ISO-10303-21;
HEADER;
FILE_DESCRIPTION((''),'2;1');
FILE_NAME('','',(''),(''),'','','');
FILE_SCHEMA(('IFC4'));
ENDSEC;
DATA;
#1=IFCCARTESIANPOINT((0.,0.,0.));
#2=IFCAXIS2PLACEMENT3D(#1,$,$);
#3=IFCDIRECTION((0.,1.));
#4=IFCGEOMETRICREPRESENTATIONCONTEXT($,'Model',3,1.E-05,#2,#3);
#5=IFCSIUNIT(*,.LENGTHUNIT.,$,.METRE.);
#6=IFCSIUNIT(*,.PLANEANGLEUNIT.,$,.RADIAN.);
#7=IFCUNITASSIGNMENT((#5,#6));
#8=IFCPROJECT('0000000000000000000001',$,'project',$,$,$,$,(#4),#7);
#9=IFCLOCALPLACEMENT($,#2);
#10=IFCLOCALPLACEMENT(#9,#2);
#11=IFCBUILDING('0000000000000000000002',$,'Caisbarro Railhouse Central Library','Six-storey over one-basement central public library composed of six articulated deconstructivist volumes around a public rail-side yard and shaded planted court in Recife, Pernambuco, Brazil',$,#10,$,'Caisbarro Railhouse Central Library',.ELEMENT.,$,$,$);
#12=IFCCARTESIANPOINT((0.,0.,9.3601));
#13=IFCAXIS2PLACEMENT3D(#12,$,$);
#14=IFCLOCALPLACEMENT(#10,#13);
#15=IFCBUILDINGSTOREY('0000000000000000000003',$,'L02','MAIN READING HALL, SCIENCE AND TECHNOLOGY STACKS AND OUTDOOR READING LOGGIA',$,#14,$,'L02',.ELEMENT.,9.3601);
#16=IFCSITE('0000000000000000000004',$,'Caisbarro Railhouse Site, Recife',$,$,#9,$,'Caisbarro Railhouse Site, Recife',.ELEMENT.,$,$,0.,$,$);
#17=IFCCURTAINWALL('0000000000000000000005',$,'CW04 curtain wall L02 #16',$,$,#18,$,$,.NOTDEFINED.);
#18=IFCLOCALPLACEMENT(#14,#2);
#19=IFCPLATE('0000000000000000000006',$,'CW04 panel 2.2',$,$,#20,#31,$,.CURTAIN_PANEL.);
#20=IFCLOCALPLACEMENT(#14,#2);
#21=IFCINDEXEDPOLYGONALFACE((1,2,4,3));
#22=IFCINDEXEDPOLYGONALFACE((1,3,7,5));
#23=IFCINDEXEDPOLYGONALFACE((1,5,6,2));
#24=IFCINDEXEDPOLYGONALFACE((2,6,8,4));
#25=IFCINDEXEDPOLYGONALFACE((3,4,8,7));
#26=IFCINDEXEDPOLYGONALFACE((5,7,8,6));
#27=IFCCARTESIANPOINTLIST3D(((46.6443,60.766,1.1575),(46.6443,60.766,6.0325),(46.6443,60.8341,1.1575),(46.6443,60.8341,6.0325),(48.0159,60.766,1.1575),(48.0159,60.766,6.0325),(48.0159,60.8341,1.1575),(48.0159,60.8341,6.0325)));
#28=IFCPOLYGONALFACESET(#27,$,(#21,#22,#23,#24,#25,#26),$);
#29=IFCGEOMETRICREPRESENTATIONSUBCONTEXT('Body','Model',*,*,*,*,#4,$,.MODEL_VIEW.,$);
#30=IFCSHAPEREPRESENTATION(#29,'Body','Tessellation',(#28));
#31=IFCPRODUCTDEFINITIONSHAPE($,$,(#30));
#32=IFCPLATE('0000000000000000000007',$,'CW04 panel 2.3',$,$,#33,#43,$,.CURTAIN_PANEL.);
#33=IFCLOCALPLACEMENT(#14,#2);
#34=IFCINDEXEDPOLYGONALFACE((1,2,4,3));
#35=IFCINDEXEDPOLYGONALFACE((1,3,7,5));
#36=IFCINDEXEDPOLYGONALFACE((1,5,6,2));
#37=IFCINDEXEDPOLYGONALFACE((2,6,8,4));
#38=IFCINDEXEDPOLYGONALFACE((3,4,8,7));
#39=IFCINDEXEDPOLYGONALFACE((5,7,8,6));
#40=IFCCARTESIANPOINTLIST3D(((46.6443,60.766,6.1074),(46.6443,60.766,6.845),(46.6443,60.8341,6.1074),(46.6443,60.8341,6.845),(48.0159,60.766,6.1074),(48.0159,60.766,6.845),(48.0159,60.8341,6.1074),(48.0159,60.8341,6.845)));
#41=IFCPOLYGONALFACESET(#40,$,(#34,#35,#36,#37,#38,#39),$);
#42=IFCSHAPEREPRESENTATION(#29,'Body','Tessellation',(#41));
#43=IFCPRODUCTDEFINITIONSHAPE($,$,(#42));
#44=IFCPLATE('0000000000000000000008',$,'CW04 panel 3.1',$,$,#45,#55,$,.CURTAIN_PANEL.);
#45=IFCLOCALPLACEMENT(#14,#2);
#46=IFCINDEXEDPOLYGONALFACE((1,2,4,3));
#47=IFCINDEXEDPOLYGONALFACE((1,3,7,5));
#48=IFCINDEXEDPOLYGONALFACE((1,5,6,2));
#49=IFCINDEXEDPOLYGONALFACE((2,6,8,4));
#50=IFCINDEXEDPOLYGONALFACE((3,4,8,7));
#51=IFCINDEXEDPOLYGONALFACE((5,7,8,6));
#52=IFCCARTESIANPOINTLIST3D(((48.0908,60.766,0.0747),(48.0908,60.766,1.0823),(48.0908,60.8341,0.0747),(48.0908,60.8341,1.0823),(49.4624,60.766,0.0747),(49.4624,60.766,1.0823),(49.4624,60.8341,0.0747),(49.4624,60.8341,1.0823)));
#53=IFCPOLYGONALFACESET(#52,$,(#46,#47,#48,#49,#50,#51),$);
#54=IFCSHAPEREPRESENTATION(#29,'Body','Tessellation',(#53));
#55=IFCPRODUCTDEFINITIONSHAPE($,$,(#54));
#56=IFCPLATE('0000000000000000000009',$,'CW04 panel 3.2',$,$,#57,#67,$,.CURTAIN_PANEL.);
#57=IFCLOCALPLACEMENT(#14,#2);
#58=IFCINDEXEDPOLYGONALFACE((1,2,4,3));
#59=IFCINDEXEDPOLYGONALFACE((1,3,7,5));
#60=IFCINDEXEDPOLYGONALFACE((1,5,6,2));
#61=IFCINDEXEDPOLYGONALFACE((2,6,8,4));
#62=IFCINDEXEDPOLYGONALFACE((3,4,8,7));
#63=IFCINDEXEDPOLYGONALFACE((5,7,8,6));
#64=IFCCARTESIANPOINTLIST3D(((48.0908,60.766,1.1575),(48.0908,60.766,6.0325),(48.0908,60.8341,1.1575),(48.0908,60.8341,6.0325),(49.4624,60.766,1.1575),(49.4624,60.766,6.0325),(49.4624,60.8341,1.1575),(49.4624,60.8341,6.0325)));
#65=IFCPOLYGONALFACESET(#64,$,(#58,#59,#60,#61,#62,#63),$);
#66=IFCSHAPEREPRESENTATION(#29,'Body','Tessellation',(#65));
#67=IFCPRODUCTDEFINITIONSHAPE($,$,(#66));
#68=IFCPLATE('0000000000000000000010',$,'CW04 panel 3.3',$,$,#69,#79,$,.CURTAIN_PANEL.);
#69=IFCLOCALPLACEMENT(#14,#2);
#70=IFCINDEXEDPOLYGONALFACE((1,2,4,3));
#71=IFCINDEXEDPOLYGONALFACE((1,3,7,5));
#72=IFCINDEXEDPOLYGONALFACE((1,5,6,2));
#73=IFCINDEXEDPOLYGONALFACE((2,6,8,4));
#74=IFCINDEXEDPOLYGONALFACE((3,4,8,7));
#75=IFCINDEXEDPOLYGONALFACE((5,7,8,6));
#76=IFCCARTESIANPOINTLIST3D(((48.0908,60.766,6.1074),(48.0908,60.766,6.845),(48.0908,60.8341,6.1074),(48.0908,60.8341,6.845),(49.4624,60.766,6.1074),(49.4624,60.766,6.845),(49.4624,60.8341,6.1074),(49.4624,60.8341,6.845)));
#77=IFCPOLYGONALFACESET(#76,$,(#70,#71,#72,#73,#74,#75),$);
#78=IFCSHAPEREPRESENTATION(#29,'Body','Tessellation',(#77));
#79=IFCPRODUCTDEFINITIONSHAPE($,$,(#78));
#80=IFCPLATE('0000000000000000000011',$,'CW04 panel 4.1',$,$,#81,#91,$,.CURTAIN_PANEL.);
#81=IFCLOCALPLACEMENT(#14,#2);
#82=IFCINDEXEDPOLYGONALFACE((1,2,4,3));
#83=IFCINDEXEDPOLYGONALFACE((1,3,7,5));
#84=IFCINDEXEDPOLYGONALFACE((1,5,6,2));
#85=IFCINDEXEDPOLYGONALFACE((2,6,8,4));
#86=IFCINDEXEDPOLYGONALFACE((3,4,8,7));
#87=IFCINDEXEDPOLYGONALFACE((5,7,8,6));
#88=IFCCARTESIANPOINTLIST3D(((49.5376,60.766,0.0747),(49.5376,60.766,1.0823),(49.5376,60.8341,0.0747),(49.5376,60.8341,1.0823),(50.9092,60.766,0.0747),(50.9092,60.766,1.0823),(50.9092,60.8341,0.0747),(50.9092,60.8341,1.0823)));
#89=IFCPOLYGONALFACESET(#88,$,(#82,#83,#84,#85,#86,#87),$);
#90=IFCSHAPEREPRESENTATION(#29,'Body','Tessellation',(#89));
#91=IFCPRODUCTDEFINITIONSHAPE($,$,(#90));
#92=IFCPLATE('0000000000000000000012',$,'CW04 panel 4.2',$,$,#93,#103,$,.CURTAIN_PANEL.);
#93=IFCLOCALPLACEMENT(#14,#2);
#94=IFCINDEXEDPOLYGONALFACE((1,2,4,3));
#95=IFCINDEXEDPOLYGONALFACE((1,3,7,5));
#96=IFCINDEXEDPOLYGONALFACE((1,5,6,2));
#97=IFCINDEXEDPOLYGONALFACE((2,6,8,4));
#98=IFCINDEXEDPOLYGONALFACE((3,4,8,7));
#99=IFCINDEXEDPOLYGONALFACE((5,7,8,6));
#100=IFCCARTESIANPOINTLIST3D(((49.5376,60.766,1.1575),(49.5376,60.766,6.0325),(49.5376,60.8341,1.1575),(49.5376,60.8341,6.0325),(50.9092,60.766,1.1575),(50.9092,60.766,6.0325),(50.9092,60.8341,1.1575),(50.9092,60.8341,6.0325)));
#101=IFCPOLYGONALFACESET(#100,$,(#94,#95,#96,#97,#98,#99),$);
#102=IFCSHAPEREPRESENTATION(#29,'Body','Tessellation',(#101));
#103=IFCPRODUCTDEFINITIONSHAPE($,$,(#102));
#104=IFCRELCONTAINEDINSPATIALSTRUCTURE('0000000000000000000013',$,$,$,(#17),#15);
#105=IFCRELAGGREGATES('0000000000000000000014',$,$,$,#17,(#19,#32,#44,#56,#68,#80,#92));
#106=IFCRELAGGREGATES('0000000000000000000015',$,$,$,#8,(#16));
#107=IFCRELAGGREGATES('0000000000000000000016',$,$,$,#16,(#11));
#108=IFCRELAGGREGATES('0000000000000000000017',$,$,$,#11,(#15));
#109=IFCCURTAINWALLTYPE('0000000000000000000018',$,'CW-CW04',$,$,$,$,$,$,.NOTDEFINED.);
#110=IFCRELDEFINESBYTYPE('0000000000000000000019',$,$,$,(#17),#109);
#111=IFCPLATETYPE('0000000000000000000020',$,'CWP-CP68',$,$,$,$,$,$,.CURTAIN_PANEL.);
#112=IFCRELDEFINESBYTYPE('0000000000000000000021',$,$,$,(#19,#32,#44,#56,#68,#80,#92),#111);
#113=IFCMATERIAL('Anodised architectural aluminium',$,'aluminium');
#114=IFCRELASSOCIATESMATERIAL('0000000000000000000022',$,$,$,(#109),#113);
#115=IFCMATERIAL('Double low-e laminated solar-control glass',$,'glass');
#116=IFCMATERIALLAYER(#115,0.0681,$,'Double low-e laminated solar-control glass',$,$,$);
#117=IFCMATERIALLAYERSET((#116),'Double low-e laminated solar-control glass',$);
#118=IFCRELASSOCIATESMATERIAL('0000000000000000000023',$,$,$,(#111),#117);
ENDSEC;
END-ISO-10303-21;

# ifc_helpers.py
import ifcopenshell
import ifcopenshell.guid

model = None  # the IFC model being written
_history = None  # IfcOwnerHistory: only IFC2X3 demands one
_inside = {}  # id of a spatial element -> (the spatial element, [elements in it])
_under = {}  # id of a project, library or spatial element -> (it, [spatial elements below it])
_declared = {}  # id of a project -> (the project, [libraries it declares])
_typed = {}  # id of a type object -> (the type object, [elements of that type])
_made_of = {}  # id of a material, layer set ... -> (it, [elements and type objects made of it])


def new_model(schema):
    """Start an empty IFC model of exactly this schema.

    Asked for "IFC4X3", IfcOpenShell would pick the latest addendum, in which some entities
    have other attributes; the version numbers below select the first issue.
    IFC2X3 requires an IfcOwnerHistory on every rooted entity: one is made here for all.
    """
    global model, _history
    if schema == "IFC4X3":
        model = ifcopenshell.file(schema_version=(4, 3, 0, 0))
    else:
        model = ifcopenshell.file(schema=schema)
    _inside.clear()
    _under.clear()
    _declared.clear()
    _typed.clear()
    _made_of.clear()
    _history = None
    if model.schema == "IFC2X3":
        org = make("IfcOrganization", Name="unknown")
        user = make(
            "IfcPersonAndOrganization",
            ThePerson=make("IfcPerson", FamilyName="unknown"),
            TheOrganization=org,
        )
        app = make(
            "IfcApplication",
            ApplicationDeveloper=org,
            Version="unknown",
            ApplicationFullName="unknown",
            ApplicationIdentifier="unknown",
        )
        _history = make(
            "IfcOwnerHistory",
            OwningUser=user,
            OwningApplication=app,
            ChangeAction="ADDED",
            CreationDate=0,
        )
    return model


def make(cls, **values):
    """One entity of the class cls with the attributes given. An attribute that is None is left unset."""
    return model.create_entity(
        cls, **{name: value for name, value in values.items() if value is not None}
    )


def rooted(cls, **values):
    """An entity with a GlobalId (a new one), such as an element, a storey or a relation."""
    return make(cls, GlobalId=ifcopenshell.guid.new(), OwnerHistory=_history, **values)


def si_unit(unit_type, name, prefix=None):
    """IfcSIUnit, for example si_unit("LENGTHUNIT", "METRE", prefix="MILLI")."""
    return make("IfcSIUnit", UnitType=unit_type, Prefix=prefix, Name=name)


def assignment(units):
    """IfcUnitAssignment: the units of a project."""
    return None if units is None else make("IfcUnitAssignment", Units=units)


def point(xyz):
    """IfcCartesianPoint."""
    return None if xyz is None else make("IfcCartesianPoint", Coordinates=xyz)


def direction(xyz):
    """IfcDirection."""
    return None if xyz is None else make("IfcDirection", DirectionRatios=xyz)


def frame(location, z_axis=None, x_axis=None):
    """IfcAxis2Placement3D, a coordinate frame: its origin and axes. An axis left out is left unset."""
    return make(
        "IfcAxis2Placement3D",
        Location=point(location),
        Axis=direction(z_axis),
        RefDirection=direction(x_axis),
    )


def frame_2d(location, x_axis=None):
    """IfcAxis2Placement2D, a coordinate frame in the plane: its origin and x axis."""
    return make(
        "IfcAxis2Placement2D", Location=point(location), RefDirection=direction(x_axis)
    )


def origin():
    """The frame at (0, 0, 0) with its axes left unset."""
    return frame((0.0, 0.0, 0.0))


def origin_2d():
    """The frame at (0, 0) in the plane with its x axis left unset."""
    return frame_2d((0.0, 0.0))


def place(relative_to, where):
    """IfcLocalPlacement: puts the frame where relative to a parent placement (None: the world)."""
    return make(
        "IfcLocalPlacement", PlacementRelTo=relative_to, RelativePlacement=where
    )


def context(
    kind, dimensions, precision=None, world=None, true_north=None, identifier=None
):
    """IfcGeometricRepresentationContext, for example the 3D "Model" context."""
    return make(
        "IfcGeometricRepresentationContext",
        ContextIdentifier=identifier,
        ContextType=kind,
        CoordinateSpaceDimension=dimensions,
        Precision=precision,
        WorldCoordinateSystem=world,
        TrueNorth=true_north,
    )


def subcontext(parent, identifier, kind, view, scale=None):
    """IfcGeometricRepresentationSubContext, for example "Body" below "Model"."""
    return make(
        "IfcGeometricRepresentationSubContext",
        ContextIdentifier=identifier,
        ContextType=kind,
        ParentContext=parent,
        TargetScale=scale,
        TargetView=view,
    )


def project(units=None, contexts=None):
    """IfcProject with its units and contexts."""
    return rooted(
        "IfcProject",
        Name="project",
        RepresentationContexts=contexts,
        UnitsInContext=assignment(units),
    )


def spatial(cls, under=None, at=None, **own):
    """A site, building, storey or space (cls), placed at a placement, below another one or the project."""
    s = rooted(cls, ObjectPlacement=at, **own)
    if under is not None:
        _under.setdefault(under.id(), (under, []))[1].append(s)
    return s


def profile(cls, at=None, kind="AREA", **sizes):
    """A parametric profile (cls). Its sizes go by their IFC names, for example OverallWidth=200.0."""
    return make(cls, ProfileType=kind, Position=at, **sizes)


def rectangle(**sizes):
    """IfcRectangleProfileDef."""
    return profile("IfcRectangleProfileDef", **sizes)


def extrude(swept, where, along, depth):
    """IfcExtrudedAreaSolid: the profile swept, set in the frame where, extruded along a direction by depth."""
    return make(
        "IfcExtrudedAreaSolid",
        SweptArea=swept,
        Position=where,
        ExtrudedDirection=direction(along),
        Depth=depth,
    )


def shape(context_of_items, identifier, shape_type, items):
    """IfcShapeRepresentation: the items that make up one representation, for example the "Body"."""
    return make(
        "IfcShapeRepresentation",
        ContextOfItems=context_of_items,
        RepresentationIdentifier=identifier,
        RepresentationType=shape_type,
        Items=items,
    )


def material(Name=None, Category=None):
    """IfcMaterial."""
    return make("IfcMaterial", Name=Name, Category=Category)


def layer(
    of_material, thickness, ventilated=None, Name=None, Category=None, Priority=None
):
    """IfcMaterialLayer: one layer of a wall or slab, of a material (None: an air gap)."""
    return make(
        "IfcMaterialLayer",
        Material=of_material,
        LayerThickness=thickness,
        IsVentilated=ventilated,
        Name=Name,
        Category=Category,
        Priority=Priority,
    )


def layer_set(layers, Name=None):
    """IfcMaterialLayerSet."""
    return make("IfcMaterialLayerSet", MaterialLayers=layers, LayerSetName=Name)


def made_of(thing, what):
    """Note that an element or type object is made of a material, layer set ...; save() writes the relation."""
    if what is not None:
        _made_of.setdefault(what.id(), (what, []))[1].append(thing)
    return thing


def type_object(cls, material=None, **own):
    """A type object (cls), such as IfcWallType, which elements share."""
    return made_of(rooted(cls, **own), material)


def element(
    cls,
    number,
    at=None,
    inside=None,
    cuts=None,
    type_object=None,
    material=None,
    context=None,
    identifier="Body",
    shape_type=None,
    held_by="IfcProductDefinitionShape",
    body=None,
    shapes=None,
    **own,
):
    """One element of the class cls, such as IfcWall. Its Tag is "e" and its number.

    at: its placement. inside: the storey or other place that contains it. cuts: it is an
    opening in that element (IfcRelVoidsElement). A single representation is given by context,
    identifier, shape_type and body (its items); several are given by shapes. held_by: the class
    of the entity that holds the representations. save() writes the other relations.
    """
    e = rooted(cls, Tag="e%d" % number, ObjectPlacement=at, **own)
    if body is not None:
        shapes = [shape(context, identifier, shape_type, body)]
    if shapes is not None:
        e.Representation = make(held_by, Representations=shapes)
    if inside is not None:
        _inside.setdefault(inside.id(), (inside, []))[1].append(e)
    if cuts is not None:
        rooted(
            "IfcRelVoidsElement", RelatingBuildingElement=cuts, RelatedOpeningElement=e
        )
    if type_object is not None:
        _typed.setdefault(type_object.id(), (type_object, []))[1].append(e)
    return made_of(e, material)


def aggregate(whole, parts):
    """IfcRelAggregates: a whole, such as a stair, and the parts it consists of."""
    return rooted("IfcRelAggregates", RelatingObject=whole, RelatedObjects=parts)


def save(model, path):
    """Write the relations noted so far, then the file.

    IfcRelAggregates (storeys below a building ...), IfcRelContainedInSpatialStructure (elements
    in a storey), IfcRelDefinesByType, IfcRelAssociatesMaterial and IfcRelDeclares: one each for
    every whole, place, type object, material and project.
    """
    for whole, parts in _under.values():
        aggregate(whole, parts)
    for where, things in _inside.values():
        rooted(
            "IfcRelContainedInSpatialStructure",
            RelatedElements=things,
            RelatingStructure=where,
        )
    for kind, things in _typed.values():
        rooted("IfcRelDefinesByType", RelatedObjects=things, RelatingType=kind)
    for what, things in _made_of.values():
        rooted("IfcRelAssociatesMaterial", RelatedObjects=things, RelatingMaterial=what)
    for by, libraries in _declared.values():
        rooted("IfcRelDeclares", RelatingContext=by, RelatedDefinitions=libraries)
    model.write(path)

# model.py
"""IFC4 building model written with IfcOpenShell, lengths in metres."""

from ifc_helpers import new_model, si_unit, direction, frame, origin, origin_2d, place, context, subcontext, project, spatial, rectangle, extrude, material, layer, layer_set, type_object, element, aggregate, save


model = new_model("IFC4")

# Units and contexts
model_context = context("Model", 3, precision=1e-05, world=origin(), true_north=direction((0.0, 1.0)))
body_context = subcontext(model_context, "Body", "Model", "MODEL_VIEW")
ifc_project = project(units=[si_unit("LENGTHUNIT", "METRE"), si_unit("PLANEANGLEUNIT", "RADIAN")], contexts=[model_context])

# Site, building, storey
site_placement = place(None, origin())
site = spatial("IfcSite", under=ifc_project, at=site_placement, Name="Caisbarro Railhouse Site, Recife", LongName="Caisbarro Railhouse Site, Recife", CompositionType="ELEMENT", RefElevation=0.0)
building_placement = place(site_placement, origin())
building = spatial("IfcBuilding", under=site, at=building_placement, Name="Caisbarro Railhouse Central Library", Description="Six-storey over one-basement central public library composed of six articulated deconstructivist volumes around a public rail-side yard and shaded planted court in Recife, Pernambuco, Brazil", LongName="Caisbarro Railhouse Central Library", CompositionType="ELEMENT")
storey_placement = place(building_placement, frame((0.0, 0.0, 9.3601)))
storey = spatial("IfcBuildingStorey", under=building, at=storey_placement, Name="L02", Description="MAIN READING HALL, SCIENCE AND TECHNOLOGY STACKS AND OUTDOOR READING LOGGIA", LongName="L02", CompositionType="ELEMENT", Elevation=9.3601)

# Curtain wall, plates
ifc_material_1 = material(Name="Anodised architectural aluminium", Category="aluminium")
curtain_wall_type = type_object("IfcCurtainWallType", Name="CW-CW04", PredefinedType="NOTDEFINED", material=ifc_material_1)
curtain_wall_placement = place(storey_placement, origin())
curtain_wall = element("IfcCurtainWall", 1, at=curtain_wall_placement, inside=storey, type_object=curtain_wall_type, Name="CW04 curtain wall L02 #16", PredefinedType="NOTDEFINED")
ifc_material_2 = material(Name="Double low-e laminated solar-control glass", Category="glass")
ifc_layer = layer(ifc_material_2, 0.0681, Name="Double low-e laminated solar-control glass")
ifc_layer_set = layer_set([ifc_layer], Name="Double low-e laminated solar-control glass")
plate_type = type_object("IfcPlateType", Name="CWP-CP68", PredefinedType="CURTAIN_PANEL", material=ifc_layer_set)
plate_1_placement = place(storey_placement, frame((47.3301, 60.8, 1.1575), z_axis=(0.0, 0.0, 1.0), x_axis=(1.0, 0.0, 0.0)))
plate_1 = element("IfcPlate", 2, at=plate_1_placement, type_object=plate_type, Name="CW04 panel 2.2", PredefinedType="CURTAIN_PANEL", context=body_context, shape_type="SweptSolid", body=[
    extrude(rectangle(XDim=1.3716, YDim=0.0681, at=origin_2d()), origin(), (0.0, 0.0, 1.0), 4.875),
])
plate_2_placement = place(storey_placement, frame((47.3301, 60.8, 6.1074), z_axis=(0.0, 0.0, 1.0), x_axis=(1.0, 0.0, 0.0)))
plate_2 = element("IfcPlate", 3, at=plate_2_placement, type_object=plate_type, Name="CW04 panel 2.3", PredefinedType="CURTAIN_PANEL", context=body_context, shape_type="SweptSolid", body=[
    extrude(rectangle(XDim=1.3716, YDim=0.0681, at=origin_2d()), origin(), (0.0, 0.0, 1.0), 0.7375),
])
plate_3_placement = place(storey_placement, frame((48.7766, 60.8, 0.0747), z_axis=(0.0, 0.0, 1.0), x_axis=(1.0, 0.0, 0.0)))
plate_3 = element("IfcPlate", 4, at=plate_3_placement, type_object=plate_type, Name="CW04 panel 3.1", PredefinedType="CURTAIN_PANEL", context=body_context, shape_type="SweptSolid", body=[
    extrude(rectangle(XDim=1.3716, YDim=0.0681, at=origin_2d()), origin(), (0.0, 0.0, 1.0), 1.0076),
])
plate_4_placement = place(storey_placement, frame((48.7766, 60.8, 1.1575), z_axis=(0.0, 0.0, 1.0), x_axis=(1.0, 0.0, 0.0)))
plate_4 = element("IfcPlate", 5, at=plate_4_placement, type_object=plate_type, Name="CW04 panel 3.2", PredefinedType="CURTAIN_PANEL", context=body_context, shape_type="SweptSolid", body=[
    extrude(rectangle(XDim=1.3716, YDim=0.0681, at=origin_2d()), origin(), (0.0, 0.0, 1.0), 4.875),
])
plate_5_placement = place(storey_placement, frame((48.7766, 60.8, 6.1074), z_axis=(0.0, 0.0, 1.0), x_axis=(1.0, 0.0, 0.0)))
plate_5 = element("IfcPlate", 6, at=plate_5_placement, type_object=plate_type, Name="CW04 panel 3.3", PredefinedType="CURTAIN_PANEL", context=body_context, shape_type="SweptSolid", body=[
    extrude(rectangle(XDim=1.3716, YDim=0.0681, at=origin_2d()), origin(), (0.0, 0.0, 1.0), 0.7375),
])
plate_6_placement = place(storey_placement, frame((50.2234, 60.8, 0.0747), z_axis=(0.0, 0.0, 1.0), x_axis=(1.0, 0.0, 0.0)))
plate_6 = element("IfcPlate", 7, at=plate_6_placement, type_object=plate_type, Name="CW04 panel 4.1", PredefinedType="CURTAIN_PANEL", context=body_context, shape_type="SweptSolid", body=[
    extrude(rectangle(XDim=1.3716, YDim=0.0681, at=origin_2d()), origin(), (0.0, 0.0, 1.0), 1.0076),
])
plate_7_placement = place(storey_placement, frame((50.2234, 60.8, 1.1575), z_axis=(0.0, 0.0, 1.0), x_axis=(1.0, 0.0, 0.0)))
plate_7 = element("IfcPlate", 8, at=plate_7_placement, type_object=plate_type, Name="CW04 panel 4.2", PredefinedType="CURTAIN_PANEL", context=body_context, shape_type="SweptSolid", body=[
    extrude(rectangle(XDim=1.3716, YDim=0.0681, at=origin_2d()), origin(), (0.0, 0.0, 1.0), 4.875),
])
aggregate(curtain_wall, [plate_1, plate_2, plate_3, plate_4, plate_5, plate_6, plate_7])

save(model, "model.ifc")
